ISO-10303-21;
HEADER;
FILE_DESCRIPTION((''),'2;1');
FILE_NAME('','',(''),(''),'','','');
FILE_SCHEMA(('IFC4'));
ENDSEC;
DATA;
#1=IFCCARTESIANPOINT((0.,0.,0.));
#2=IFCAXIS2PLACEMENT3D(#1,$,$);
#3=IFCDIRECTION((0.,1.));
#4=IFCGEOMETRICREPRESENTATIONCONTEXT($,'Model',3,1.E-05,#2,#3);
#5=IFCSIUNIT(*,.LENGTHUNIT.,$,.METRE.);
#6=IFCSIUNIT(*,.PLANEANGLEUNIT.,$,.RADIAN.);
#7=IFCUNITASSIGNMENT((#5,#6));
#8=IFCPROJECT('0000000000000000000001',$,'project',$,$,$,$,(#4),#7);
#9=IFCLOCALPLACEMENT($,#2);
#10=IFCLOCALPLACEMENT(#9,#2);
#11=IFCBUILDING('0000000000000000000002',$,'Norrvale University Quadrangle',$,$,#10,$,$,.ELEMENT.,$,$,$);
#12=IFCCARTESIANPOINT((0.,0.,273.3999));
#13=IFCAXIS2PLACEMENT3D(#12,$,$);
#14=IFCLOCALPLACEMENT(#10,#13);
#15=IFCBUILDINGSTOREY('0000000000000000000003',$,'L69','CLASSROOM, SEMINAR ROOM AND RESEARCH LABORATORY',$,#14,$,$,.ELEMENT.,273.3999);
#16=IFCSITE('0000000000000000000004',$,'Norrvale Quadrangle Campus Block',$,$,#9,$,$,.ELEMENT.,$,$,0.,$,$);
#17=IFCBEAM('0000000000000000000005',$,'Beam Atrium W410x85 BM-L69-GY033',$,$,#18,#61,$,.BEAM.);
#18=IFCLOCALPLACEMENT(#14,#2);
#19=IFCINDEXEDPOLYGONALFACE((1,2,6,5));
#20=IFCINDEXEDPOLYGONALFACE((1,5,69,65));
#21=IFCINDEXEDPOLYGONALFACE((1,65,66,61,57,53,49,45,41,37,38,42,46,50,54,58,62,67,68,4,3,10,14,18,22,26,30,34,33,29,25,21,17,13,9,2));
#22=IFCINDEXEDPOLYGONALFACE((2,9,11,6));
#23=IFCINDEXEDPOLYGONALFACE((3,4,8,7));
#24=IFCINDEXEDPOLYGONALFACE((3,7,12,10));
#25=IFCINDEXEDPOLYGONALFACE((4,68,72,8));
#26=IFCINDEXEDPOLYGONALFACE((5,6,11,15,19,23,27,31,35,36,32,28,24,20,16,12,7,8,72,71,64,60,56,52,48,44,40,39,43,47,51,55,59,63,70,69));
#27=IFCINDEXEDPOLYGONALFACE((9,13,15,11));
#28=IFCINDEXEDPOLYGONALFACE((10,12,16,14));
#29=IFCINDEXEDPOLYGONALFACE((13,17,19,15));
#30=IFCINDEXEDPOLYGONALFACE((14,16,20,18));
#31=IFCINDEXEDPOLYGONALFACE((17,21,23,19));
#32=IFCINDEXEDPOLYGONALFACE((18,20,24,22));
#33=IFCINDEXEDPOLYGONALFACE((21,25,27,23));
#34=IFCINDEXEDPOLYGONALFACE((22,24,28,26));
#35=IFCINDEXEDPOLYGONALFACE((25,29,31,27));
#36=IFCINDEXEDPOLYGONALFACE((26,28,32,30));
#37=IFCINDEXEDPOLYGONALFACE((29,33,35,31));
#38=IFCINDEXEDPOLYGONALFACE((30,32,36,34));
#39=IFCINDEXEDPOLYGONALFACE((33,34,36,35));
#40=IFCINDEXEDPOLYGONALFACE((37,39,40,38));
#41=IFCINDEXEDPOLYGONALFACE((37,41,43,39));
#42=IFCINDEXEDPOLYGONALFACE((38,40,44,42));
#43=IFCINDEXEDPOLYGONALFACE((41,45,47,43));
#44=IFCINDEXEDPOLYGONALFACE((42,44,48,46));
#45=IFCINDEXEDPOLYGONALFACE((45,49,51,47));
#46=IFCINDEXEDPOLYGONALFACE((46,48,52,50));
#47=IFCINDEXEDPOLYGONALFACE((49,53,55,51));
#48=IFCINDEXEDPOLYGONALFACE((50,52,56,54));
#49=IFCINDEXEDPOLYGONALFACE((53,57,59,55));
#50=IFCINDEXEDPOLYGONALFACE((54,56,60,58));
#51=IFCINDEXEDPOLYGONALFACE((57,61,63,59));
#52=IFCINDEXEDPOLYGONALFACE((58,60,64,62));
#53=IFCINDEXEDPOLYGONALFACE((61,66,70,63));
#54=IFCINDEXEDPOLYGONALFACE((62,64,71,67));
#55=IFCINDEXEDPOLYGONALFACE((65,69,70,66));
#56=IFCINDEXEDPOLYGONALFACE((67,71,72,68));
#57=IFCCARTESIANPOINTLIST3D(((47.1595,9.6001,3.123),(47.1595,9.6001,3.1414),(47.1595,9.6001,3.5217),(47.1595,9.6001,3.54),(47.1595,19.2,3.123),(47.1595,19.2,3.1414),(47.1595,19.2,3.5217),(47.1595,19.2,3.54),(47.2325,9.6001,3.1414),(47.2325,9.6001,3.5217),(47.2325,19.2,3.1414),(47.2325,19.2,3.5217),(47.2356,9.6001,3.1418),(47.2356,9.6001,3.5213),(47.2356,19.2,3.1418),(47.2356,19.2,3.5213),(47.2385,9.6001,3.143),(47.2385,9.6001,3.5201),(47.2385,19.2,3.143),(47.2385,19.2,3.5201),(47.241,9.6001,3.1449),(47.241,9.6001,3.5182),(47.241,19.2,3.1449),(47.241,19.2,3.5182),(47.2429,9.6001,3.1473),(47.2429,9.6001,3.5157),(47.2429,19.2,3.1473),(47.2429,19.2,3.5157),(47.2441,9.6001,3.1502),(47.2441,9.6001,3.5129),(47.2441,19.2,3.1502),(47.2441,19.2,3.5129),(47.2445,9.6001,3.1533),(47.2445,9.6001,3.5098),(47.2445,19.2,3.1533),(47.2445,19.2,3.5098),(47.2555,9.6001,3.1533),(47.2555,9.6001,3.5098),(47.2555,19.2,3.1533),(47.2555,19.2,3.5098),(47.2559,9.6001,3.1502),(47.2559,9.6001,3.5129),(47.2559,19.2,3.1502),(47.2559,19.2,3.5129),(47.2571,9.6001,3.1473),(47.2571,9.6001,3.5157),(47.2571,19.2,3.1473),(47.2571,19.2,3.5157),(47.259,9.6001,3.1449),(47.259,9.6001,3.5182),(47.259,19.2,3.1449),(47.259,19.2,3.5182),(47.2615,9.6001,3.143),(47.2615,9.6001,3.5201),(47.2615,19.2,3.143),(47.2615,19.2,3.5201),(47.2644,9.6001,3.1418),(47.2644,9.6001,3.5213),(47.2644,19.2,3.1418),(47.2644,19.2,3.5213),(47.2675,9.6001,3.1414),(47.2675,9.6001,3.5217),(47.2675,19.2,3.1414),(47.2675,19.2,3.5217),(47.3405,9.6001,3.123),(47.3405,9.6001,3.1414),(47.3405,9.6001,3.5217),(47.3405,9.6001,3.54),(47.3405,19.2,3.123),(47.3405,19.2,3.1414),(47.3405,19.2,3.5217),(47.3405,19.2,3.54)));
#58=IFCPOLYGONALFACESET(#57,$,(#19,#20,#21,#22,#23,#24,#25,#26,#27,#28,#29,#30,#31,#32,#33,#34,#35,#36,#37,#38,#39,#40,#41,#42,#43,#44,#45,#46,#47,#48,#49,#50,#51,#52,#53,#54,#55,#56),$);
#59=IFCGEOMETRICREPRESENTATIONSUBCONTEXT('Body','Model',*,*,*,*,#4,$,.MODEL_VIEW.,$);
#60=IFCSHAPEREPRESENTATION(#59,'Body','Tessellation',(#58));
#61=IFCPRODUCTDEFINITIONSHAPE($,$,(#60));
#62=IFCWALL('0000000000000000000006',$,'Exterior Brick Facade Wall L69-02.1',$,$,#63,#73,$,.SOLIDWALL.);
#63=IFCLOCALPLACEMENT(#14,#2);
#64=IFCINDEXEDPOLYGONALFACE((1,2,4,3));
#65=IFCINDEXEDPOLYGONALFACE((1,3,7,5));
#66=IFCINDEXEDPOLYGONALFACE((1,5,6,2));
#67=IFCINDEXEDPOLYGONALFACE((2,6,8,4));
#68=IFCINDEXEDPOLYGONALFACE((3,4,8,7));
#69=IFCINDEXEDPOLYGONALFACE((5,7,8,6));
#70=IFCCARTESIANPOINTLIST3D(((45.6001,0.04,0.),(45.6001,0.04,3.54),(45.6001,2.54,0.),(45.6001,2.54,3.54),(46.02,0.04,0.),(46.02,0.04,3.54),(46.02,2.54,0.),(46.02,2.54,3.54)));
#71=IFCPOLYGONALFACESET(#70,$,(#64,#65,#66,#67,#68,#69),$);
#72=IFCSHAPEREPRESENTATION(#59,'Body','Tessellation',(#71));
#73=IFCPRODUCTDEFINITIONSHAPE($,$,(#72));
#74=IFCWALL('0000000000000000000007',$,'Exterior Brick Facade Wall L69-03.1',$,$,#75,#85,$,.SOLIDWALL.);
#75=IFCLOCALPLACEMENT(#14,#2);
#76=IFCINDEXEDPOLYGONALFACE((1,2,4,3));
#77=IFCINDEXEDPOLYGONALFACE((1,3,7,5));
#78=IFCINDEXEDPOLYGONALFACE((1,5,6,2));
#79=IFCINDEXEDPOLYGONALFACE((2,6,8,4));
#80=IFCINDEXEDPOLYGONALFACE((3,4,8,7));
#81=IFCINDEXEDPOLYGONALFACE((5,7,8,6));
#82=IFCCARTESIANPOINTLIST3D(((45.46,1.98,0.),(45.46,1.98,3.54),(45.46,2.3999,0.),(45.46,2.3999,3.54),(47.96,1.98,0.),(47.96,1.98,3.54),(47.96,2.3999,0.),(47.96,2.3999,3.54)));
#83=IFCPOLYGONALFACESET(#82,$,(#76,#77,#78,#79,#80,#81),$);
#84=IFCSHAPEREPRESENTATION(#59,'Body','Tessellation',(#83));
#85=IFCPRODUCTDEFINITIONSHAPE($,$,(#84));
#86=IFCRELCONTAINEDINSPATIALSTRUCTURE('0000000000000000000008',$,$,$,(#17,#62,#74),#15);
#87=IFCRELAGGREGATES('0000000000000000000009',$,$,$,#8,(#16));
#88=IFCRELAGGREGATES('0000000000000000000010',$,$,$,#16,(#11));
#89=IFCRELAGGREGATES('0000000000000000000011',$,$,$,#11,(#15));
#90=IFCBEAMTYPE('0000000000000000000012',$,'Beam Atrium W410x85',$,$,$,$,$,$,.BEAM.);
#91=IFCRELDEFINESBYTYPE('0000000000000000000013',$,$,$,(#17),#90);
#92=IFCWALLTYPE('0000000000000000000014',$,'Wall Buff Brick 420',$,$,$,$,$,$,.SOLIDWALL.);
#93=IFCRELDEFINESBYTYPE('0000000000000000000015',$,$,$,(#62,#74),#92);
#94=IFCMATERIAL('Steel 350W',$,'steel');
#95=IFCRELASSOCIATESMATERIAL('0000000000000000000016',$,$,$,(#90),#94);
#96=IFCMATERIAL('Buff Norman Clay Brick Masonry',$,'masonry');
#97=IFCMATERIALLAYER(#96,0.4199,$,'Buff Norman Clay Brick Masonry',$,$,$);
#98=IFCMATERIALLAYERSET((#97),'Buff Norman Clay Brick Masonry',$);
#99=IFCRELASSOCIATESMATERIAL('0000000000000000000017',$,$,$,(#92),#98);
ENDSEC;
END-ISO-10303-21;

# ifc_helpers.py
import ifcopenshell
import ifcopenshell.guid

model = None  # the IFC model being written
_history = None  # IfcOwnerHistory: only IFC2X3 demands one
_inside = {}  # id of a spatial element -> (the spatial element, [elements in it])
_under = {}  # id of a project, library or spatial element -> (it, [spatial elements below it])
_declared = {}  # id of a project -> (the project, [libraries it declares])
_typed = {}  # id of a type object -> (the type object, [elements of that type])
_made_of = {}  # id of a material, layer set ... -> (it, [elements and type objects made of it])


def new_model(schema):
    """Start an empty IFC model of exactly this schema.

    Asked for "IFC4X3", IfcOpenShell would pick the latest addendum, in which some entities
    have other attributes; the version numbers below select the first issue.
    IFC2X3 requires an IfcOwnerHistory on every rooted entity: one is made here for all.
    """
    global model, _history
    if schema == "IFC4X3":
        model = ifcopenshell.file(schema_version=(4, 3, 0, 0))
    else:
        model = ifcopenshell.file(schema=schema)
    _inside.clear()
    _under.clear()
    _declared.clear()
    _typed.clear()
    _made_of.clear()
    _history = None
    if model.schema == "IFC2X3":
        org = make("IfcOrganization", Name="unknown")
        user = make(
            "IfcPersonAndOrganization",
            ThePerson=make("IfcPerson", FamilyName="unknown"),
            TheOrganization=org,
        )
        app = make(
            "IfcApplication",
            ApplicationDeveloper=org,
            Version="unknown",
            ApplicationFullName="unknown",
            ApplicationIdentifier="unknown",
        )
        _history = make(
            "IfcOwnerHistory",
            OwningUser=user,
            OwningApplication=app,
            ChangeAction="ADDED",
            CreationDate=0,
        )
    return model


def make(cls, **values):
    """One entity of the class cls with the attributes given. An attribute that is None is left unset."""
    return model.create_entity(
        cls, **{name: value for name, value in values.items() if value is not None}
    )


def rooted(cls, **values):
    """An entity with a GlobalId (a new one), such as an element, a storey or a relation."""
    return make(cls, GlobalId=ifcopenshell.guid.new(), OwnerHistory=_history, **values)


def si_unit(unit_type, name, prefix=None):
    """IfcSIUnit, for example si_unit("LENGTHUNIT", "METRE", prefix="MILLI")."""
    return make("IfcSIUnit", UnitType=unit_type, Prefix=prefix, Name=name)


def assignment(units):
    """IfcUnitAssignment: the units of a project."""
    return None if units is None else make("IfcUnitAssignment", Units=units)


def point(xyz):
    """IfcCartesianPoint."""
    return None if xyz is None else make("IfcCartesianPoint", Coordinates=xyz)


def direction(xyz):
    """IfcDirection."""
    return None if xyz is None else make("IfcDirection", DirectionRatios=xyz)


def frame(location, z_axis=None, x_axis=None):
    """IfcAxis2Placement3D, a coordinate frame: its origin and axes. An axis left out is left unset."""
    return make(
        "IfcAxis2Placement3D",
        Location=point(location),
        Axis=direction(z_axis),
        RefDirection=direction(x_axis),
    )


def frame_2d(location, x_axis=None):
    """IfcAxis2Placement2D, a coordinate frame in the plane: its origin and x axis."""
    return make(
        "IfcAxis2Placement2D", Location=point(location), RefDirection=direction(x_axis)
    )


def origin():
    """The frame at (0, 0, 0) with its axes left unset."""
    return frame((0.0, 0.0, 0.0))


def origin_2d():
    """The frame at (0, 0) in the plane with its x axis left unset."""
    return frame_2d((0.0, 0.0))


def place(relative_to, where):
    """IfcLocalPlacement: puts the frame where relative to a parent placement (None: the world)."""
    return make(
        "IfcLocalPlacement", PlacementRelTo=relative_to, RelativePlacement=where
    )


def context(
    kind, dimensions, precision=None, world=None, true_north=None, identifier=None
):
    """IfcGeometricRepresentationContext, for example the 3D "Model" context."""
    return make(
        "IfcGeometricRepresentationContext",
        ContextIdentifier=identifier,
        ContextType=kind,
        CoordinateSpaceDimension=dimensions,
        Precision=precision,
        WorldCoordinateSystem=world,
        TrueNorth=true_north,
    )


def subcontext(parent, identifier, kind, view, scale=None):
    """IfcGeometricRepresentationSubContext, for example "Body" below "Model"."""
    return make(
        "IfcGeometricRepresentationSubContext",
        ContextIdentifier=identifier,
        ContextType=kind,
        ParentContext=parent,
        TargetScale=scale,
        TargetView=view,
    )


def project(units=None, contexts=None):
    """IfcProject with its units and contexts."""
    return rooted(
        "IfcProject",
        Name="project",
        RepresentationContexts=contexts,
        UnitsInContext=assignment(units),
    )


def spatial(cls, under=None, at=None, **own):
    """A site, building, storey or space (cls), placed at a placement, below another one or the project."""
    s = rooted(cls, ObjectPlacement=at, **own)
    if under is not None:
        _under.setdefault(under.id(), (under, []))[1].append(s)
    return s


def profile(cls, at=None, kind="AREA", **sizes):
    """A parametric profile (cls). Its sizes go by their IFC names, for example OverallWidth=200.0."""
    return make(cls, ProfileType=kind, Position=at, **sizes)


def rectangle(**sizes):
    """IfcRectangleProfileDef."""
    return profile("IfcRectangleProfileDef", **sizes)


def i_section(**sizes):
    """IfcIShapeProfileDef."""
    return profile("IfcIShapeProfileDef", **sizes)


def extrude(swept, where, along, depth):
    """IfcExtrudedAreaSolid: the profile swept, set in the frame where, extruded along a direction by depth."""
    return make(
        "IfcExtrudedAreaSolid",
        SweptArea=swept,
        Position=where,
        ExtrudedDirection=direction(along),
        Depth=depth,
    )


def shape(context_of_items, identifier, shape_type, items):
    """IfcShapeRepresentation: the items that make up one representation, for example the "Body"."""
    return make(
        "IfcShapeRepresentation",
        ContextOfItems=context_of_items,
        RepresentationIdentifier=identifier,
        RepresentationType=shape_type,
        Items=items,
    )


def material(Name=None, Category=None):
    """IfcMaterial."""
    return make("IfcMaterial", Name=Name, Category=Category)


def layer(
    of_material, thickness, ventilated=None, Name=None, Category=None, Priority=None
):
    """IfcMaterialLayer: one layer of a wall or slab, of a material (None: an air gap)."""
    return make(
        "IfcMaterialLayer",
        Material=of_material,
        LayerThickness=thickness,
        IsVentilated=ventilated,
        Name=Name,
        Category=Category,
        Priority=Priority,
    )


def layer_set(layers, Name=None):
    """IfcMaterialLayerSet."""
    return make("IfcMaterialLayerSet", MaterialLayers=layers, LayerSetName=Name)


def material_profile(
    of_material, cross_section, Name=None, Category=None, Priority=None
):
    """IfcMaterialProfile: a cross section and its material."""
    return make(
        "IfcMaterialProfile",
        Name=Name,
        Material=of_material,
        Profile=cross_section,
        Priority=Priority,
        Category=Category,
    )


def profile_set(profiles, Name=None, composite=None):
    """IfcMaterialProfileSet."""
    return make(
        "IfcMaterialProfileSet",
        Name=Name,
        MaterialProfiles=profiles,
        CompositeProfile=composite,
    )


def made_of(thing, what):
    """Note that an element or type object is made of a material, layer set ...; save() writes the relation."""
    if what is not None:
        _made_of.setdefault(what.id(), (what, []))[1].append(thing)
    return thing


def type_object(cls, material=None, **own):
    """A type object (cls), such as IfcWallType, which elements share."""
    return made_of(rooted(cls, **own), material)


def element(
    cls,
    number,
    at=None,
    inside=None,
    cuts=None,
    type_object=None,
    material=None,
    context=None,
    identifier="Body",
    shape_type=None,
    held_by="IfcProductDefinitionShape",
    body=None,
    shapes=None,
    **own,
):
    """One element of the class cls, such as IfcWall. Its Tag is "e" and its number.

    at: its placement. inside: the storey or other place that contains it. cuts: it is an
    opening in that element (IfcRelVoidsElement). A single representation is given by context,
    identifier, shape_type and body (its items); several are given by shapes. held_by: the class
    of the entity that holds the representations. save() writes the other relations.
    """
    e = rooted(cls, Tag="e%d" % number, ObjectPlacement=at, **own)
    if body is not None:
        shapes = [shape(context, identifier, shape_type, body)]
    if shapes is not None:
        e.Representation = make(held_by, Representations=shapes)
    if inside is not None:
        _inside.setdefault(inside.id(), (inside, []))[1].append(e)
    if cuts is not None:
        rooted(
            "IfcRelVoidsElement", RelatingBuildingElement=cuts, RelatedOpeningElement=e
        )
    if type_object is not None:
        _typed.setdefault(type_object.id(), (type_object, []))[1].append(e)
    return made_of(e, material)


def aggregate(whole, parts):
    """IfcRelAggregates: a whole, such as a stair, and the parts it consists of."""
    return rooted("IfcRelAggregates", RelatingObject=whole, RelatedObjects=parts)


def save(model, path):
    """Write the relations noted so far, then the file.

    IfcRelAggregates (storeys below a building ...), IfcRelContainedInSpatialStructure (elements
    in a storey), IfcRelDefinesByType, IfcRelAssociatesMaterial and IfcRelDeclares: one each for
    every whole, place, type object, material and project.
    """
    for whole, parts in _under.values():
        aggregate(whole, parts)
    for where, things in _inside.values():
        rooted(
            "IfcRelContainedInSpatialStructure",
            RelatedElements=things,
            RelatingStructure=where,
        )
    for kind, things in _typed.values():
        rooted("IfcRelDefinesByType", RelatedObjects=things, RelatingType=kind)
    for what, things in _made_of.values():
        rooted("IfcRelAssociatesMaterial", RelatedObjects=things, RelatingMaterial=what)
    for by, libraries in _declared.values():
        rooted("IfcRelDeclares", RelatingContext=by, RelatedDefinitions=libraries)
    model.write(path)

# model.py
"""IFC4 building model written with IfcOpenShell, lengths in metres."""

from ifc_helpers import new_model, si_unit, direction, frame, frame_2d, origin, origin_2d, place, context, subcontext, project, spatial, rectangle, i_section, extrude, material, layer, layer_set, material_profile, profile_set, type_object, element, save


model = new_model("IFC4")

# Units and contexts
model_context = context("Model", 3, precision=1e-05, world=origin(), true_north=direction((0.0, 1.0)))
body_context = subcontext(model_context, "Body", "Model", "MODEL_VIEW")
ifc_project = project(units=[si_unit("LENGTHUNIT", "METRE"), si_unit("PLANEANGLEUNIT", "RADIAN")], contexts=[model_context])

# Site, building, storey
site_placement = place(None, origin())
site = spatial("IfcSite", under=ifc_project, at=site_placement, Name="Norrvale Quadrangle Campus Block", CompositionType="ELEMENT", RefElevation=0.0)
building_placement = place(site_placement, origin())
building = spatial("IfcBuilding", under=site, at=building_placement, Name="Norrvale University Quadrangle", CompositionType="ELEMENT")
storey_placement = place(building_placement, frame((0.0, 0.0, 273.3999)))
storey = spatial("IfcBuildingStorey", under=building, at=storey_placement, Name="L69", Description="CLASSROOM, SEMINAR ROOM AND RESEARCH LABORATORY", CompositionType="ELEMENT", Elevation=273.3999)

# Beam
ifc_material_1 = material(Name="Steel 350W", Category="steel")
ifc_material_profile_1 = material_profile(ifc_material_1, i_section(OverallWidth=0.1809, OverallDepth=0.417, WebThickness=0.011, FlangeThickness=0.0183, FilletRadius=0.012, at=origin_2d()), Name="Steel 350W")
ifc_profile_set_1 = profile_set([ifc_material_profile_1], Name="Steel 350W")
beam_type = type_object("IfcBeamType", Name="Beam Atrium W410x85", PredefinedType="BEAM", material=ifc_profile_set_1)
for number, where, z_axis, x_axis, name in (
    (1, (47.25, 9.6001, 3.3315), (0.0, 1.0, 0.0), (-1.0, 0.0, 0.0), "Beam Atrium W410x85 BM-L69-GY033"),
):
    element("IfcBeam", number, at=place(storey_placement, frame(where, z_axis=z_axis, x_axis=x_axis)), inside=storey, type_object=beam_type, Name=name, PredefinedType="BEAM", context=body_context, shape_type="SweptSolid", body=[
        extrude(i_section(OverallWidth=0.1809, OverallDepth=0.417, WebThickness=0.011, FlangeThickness=0.0183, FilletRadius=0.012, at=origin_2d()), origin(), (0.0, 0.0, 1.0), 9.5999),
    ])

# Walls
ifc_material_2 = material(Name="Buff Norman Clay Brick Masonry", Category="masonry")
ifc_layer_1 = layer(ifc_material_2, 0.4199, Name="Buff Norman Clay Brick Masonry")
ifc_layer_set_1 = layer_set([ifc_layer_1], Name="Buff Norman Clay Brick Masonry")
wall_type_1 = type_object("IfcWallType", Name="Wall Buff Brick 420", PredefinedType="SOLIDWALL", material=ifc_layer_set_1)
for number, where, z_axis, x_axis, name in (
    (2, (45.8101, 0.04, 0.0), (0.0, 0.0, 1.0), (0.0, 1.0, 0.0), "Exterior Brick Facade Wall L69-02.1"),
    (3, (45.46, 2.1899, 0.0), (0.0, 0.0, 1.0), (1.0, 0.0, 0.0), "Exterior Brick Facade Wall L69-03.1"),
):
    element("IfcWall", number, at=place(storey_placement, frame(where, z_axis=z_axis, x_axis=x_axis)), inside=storey, type_object=wall_type_1, Name=name, PredefinedType="SOLIDWALL", context=body_context, shape_type="SweptSolid", body=[
        extrude(rectangle(XDim=2.5, YDim=0.4199, at=frame_2d((1.25, 0.0))), origin(), (0.0, 0.0, 1.0), 3.54),
    ])

save(model, "model.ifc")
